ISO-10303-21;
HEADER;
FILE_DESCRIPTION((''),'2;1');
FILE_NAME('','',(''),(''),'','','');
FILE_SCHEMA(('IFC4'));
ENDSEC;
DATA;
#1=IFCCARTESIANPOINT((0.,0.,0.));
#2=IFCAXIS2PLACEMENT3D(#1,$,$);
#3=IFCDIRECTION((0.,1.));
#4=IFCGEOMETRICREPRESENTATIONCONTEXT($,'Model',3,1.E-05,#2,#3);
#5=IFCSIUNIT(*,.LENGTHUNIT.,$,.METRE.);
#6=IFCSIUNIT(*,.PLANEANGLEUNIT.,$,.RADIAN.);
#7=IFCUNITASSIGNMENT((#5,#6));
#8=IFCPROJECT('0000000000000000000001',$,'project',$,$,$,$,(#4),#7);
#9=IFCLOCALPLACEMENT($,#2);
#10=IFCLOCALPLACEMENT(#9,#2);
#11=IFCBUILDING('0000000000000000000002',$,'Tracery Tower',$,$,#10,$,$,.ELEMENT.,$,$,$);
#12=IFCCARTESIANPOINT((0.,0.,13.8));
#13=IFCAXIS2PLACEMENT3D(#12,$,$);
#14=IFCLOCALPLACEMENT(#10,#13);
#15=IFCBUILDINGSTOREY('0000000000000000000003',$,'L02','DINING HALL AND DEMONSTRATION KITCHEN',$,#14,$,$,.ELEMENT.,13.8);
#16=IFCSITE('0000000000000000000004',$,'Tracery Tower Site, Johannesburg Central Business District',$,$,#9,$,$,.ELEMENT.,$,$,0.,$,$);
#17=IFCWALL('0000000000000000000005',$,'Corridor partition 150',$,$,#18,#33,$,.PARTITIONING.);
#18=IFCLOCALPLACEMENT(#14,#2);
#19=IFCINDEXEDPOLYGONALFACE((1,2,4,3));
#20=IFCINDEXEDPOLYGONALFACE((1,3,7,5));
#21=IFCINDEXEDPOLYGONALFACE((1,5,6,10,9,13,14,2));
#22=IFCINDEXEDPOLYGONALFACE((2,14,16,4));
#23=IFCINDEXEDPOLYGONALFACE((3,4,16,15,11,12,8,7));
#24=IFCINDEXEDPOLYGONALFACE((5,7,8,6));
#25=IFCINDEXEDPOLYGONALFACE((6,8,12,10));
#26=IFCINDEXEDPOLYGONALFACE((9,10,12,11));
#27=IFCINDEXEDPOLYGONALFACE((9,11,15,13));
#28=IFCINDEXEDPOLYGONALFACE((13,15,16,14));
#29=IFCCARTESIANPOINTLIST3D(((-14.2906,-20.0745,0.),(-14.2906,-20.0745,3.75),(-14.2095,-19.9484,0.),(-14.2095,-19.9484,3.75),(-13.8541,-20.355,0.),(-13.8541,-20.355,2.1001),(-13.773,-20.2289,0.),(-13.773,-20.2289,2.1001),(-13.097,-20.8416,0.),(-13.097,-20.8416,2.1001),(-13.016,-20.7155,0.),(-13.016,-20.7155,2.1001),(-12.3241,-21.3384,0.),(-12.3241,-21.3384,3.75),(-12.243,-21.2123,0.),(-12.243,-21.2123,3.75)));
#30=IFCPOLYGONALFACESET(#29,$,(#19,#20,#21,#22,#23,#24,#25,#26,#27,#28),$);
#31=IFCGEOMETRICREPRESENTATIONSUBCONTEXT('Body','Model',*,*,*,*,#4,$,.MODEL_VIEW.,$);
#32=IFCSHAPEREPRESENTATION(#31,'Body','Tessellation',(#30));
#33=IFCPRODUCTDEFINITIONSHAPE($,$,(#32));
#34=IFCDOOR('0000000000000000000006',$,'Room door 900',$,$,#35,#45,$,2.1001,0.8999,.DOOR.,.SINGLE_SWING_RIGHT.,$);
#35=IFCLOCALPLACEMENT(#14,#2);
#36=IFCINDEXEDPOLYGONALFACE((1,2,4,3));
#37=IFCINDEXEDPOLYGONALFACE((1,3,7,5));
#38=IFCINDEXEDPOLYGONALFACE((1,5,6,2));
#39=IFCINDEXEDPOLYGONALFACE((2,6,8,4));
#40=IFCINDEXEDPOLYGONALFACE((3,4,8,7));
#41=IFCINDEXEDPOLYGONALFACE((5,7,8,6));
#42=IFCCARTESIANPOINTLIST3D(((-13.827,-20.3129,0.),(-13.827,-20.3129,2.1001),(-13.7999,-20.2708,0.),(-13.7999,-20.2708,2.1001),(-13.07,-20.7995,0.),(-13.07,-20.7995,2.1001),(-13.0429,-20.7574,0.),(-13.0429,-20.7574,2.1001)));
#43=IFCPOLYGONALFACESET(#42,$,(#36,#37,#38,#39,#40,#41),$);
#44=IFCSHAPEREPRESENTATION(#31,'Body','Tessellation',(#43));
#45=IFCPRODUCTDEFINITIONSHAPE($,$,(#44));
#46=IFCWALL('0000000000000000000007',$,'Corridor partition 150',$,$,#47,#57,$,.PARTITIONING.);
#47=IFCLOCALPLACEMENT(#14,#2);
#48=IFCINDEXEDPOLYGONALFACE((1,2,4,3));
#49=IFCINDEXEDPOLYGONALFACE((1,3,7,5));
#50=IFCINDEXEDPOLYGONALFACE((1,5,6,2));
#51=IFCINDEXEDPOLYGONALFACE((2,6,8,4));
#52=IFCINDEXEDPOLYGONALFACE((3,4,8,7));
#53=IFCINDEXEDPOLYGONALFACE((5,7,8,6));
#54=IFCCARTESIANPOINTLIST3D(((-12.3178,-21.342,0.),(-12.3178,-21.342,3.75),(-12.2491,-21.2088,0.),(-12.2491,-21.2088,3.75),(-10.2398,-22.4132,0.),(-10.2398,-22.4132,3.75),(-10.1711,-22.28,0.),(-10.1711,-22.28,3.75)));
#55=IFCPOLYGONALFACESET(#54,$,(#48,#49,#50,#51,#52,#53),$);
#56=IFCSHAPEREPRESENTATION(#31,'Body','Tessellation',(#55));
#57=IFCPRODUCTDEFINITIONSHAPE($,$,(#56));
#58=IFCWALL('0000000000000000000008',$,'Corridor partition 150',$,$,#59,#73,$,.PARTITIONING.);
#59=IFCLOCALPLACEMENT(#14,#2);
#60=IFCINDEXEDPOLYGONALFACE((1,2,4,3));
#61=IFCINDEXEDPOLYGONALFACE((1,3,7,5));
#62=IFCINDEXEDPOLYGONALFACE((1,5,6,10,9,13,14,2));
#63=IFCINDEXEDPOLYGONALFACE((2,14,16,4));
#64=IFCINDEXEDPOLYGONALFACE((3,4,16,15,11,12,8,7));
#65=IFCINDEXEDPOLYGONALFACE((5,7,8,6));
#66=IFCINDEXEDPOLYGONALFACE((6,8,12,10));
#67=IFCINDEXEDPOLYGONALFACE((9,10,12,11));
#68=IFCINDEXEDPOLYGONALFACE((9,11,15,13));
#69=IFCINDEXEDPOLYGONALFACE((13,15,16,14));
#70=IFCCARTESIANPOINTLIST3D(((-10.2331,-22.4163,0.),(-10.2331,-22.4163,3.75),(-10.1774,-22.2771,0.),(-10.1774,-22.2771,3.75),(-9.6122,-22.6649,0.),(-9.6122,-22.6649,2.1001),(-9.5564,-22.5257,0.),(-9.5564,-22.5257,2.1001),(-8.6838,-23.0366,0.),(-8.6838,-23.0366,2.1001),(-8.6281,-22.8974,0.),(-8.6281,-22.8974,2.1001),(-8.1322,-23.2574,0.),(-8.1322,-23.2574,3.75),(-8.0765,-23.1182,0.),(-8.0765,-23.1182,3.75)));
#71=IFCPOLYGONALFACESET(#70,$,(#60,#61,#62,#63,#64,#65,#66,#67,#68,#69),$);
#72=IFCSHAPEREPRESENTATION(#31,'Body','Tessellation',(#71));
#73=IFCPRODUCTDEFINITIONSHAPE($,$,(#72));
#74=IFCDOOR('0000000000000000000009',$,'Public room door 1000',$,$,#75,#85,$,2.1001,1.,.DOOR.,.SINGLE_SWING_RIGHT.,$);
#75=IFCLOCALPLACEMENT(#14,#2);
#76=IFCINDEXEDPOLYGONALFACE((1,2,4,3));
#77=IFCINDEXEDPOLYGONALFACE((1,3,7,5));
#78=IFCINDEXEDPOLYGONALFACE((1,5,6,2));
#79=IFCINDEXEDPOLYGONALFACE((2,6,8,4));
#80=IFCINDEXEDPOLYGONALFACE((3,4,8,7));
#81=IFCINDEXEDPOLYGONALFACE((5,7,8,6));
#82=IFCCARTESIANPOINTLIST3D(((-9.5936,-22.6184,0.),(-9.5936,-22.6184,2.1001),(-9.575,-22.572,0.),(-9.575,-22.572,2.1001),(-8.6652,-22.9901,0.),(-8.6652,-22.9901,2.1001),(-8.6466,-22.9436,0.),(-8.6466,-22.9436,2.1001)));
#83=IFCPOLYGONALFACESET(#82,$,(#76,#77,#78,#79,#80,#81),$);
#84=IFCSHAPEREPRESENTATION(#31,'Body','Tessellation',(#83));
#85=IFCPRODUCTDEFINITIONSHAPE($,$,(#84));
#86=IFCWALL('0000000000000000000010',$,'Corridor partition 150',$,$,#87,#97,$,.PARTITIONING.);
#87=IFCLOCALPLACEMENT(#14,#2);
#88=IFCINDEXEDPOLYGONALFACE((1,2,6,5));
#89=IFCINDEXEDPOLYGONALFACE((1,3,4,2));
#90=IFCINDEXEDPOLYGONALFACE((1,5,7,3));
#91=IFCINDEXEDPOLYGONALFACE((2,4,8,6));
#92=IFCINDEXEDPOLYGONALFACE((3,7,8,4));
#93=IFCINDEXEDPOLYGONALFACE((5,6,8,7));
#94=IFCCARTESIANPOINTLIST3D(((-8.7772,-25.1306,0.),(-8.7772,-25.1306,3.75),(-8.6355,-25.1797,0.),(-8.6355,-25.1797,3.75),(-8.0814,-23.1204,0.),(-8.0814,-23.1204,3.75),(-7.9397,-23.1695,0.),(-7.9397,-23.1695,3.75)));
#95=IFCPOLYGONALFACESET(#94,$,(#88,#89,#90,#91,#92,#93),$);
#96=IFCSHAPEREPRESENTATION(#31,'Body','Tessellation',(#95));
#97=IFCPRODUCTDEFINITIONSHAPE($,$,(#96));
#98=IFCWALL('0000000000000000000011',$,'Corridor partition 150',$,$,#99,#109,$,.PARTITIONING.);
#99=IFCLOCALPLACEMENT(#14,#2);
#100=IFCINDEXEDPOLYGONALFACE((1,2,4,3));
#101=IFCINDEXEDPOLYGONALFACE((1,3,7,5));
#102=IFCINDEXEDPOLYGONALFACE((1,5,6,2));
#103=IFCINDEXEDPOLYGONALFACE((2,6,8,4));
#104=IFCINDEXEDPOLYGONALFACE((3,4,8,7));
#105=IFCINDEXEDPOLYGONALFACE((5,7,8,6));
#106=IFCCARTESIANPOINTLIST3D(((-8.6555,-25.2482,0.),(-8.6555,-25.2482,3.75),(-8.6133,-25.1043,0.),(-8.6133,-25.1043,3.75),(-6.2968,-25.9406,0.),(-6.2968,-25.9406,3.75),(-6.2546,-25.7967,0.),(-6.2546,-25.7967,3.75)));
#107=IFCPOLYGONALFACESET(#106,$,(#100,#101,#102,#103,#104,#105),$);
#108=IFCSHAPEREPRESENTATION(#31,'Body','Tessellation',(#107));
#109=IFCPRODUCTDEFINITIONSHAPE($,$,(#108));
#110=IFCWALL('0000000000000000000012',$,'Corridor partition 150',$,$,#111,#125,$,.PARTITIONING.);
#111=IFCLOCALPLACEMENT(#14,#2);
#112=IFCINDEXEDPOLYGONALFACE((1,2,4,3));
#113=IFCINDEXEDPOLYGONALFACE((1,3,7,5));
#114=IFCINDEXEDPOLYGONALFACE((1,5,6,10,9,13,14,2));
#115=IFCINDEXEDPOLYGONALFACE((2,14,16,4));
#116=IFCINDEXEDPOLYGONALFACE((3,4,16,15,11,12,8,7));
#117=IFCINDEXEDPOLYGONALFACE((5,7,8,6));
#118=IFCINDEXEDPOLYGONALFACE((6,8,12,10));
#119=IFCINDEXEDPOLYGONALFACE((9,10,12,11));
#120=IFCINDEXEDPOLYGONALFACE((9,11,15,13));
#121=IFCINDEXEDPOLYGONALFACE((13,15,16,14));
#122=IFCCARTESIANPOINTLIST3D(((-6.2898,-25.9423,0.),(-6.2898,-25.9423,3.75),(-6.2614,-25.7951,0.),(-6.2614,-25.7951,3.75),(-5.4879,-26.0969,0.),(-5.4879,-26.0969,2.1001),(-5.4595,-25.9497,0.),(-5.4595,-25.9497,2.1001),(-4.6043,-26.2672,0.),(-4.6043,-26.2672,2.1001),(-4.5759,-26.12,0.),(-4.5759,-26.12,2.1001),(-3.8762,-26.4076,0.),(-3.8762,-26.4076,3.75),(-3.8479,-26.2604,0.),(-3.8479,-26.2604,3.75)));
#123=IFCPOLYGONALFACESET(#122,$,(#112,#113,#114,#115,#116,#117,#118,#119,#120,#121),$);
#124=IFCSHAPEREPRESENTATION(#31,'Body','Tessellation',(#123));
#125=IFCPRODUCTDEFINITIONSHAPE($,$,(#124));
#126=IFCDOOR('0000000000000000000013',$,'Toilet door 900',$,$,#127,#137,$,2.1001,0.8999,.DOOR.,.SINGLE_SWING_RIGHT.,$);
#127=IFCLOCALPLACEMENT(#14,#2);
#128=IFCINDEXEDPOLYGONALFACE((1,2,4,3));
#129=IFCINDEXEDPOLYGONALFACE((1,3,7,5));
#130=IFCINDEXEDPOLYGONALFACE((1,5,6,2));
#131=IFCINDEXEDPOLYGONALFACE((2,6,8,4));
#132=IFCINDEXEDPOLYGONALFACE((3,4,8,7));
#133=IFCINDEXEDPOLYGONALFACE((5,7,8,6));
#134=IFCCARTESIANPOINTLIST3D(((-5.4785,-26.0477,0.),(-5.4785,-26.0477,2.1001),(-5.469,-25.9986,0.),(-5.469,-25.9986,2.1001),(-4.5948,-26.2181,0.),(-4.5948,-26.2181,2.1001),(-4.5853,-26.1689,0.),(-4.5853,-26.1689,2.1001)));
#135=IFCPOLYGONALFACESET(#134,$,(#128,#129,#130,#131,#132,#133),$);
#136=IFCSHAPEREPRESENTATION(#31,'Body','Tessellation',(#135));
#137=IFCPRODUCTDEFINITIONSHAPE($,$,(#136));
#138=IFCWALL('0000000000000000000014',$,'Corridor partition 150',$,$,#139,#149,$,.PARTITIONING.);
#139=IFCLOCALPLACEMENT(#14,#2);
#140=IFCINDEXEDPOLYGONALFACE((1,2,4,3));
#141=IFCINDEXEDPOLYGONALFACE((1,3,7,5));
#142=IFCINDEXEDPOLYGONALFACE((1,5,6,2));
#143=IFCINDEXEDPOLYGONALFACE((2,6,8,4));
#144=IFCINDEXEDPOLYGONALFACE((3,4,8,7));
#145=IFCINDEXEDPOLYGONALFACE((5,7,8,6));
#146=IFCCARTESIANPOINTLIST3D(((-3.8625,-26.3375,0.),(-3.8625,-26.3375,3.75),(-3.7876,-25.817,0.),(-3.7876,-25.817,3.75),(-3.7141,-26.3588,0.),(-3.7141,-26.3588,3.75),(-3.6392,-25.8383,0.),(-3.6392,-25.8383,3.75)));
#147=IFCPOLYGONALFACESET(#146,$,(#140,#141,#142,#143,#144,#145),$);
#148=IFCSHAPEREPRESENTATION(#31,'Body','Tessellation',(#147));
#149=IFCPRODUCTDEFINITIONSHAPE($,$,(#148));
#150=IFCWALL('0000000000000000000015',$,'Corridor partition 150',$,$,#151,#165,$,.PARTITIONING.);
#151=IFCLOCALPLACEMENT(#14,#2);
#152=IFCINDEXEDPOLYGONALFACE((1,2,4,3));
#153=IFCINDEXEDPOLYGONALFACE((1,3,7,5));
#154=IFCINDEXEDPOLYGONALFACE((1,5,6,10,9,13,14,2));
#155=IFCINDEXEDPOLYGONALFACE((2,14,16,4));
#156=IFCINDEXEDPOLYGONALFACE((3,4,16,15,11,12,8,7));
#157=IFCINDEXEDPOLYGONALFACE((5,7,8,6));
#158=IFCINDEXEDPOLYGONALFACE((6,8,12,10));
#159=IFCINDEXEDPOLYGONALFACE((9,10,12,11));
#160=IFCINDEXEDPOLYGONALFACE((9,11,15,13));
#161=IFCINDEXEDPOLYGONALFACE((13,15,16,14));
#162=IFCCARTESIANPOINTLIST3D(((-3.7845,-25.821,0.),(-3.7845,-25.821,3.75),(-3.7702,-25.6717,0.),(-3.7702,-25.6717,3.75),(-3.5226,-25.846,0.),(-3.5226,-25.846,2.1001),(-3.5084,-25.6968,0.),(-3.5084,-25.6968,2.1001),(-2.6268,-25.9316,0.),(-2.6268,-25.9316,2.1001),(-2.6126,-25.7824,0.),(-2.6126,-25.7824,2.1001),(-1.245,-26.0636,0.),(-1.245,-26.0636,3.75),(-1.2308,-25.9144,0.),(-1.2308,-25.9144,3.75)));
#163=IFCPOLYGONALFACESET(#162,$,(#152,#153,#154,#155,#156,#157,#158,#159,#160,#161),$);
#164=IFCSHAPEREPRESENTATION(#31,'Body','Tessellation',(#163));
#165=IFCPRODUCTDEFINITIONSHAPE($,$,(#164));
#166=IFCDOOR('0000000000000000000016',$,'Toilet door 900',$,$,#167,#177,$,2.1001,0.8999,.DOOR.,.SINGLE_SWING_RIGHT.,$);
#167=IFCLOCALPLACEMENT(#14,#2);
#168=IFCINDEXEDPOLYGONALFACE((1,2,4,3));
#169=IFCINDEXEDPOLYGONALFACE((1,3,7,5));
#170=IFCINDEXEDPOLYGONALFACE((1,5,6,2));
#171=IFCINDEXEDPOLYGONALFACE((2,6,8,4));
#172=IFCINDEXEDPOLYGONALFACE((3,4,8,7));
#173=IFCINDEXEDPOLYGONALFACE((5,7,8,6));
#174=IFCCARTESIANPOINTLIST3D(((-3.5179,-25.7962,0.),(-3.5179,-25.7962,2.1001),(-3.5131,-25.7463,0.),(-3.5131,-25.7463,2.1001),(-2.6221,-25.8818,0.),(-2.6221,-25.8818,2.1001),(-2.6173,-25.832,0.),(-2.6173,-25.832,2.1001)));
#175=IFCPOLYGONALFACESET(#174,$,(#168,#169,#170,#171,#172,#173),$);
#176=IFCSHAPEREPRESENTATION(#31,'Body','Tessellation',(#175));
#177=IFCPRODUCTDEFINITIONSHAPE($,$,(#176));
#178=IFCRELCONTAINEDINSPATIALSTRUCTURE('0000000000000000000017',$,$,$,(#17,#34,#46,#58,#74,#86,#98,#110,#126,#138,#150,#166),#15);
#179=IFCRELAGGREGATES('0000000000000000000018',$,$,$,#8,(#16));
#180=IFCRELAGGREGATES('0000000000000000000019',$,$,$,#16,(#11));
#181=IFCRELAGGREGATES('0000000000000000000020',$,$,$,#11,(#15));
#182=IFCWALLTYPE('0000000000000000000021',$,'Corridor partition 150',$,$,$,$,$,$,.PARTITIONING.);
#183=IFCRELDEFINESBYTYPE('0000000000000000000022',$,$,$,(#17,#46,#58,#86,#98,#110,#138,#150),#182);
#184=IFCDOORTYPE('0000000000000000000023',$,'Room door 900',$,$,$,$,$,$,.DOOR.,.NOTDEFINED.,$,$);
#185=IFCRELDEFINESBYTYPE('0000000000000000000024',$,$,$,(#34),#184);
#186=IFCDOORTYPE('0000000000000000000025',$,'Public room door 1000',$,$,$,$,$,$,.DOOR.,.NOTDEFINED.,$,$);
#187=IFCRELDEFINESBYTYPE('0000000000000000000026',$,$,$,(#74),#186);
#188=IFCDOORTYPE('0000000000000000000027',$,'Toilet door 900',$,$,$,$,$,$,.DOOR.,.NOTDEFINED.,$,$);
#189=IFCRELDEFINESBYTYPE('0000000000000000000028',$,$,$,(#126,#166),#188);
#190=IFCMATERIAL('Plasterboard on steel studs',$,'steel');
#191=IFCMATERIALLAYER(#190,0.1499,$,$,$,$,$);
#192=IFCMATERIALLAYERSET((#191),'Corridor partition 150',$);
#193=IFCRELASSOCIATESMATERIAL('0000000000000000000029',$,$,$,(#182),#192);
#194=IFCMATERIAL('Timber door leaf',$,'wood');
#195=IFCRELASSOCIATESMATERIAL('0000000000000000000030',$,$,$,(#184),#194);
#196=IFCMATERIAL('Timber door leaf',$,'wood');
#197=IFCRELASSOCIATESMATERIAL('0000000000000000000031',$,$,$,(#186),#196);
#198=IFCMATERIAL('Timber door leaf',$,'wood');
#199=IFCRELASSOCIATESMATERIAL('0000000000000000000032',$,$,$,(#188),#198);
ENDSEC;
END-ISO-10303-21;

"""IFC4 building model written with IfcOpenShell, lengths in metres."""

from ifc_helpers import new_model, si_unit, direction, frame, frame_2d, origin, place, context, subcontext, project, spatial, rectangle, extrude, material, layer, layer_set, type_object, element, fill, save


model = new_model("IFC4")

# Units and contexts
model_context = context("Model", 3, precision=1e-05, world=origin(), true_north=direction((0.0, 1.0)))
body_context = subcontext(model_context, "Body", "Model", "MODEL_VIEW")
ifc_project = project(units=[si_unit("LENGTHUNIT", "METRE"), si_unit("PLANEANGLEUNIT", "RADIAN")], contexts=[model_context])

# Site, building, storey
site_placement = place(None, origin())
site = spatial("IfcSite", under=ifc_project, at=site_placement, Name="Tracery Tower Site, Johannesburg Central Business District", CompositionType="ELEMENT", RefElevation=0.0)
building_placement = place(site_placement, origin())
building = spatial("IfcBuilding", under=site, at=building_placement, Name="Tracery Tower", CompositionType="ELEMENT")
storey_placement = place(building_placement, frame((0.0, 0.0, 13.8)))
storey = spatial("IfcBuildingStorey", under=building, at=storey_placement, Name="L02", Description="DINING HALL AND DEMONSTRATION KITCHEN", CompositionType="ELEMENT", Elevation=13.8)

# Wall, opening, door
ifc_material_1 = material(Name="Plasterboard on steel studs", Category="steel")
ifc_layer_1 = layer(ifc_material_1, 0.1499)
ifc_layer_set_1 = layer_set([ifc_layer_1], Name="Corridor partition 150")
wall_type_1 = type_object("IfcWallType", Name="Corridor partition 150", PredefinedType="PARTITIONING", material=ifc_layer_set_1)
wall_1_placement = place(storey_placement, frame((-12.2834, -21.2754, 0.0), z_axis=(0.0, 0.0, 1.0), x_axis=(-0.841236, 0.540668, 0.0)))
wall_1 = element("IfcWall", 1, at=wall_1_placement, inside=storey, type_object=wall_type_1, Name="Corridor partition 150", PredefinedType="PARTITIONING", context=body_context, shape_type="SweptSolid", body=[
    extrude(rectangle(XDim=2.3376, YDim=0.1499, at=frame_2d((1.1689, 0.0))), origin(), (0.0, 0.0, 1.0), 3.75),
])
opening_1_placement = place(wall_1_placement, frame((0.9189, 0.0, 0.0)))
opening_1 = element("IfcOpeningElement", 2, at=opening_1_placement, cuts=wall_1, PredefinedType="OPENING", context=body_context, shape_type="SweptSolid", body=[
    extrude(rectangle(XDim=0.8999, YDim=2.1001, at=frame_2d((0.45, 1.05))), frame((0.0, 0.075, 0.0), z_axis=(0.0, -1.0, 0.0), x_axis=(1.0, 0.0, 0.0)), (0.0, 0.0, 1.0), 0.1499),
])
ifc_material_2 = material(Name="Timber door leaf", Category="wood")
door_type_1 = type_object("IfcDoorType", Name="Room door 900", OperationType="NOTDEFINED", PredefinedType="DOOR", material=ifc_material_2)
door_1_placement = place(opening_1_placement, origin())
door_1 = element("IfcDoor", 3, at=door_1_placement, inside=storey, type_object=door_type_1, Name="Room door 900", OperationType="SINGLE_SWING_RIGHT", OverallHeight=2.1001, OverallWidth=0.8999, PredefinedType="DOOR", context=body_context, shape_type="SweptSolid", body=[
    extrude(rectangle(XDim=0.8999, YDim=2.1001, at=frame_2d((0.45, 1.05))), frame((0.0, 0.0249, 0.0), z_axis=(0.0, -1.0, 0.0), x_axis=(1.0, 0.0, 0.0)), (0.0, 0.0, 1.0), 0.05),
])
fill(opening_1, door_1)

# Wall
wall_2_placement = place(storey_placement, frame((-12.2834, -21.2754, 0.0), z_axis=(0.0, 0.0, 1.0), x_axis=(0.888846, -0.458207, 0.0)))
element("IfcWall", 4, at=wall_2_placement, inside=storey, type_object=wall_type_1, Name="Corridor partition 150", PredefinedType="PARTITIONING", context=body_context, shape_type="SweptSolid", body=[
    extrude(rectangle(XDim=2.3379, YDim=0.1499, at=frame_2d((1.1689, 0.0))), origin(), (0.0, 0.0, 1.0), 3.75),
])

# Wall, opening, door
wall_3_placement = place(storey_placement, frame((-8.1045, -23.1877, 0.0), z_axis=(0.0, 0.0, 1.0), x_axis=(-0.928365, 0.37167, 0.0)))
wall_3 = element("IfcWall", 5, at=wall_3_placement, inside=storey, type_object=wall_type_1, Name="Corridor partition 150", PredefinedType="PARTITIONING", context=body_context, shape_type="SweptSolid", body=[
    extrude(rectangle(XDim=2.2629, YDim=0.1499, at=frame_2d((1.1313, 0.0))), origin(), (0.0, 0.0, 1.0), 3.75),
])
opening_2_placement = place(wall_3_placement, frame((0.594, 0.0, 0.0)))
opening_2 = element("IfcOpeningElement", 6, at=opening_2_placement, cuts=wall_3, PredefinedType="OPENING", context=body_context, shape_type="SweptSolid", body=[
    extrude(rectangle(XDim=1.0, YDim=2.1001, at=frame_2d((0.5, 1.05))), frame((0.0, 0.075, 0.0), z_axis=(0.0, -1.0, 0.0), x_axis=(1.0, 0.0, 0.0)), (0.0, 0.0, 1.0), 0.1499),
])
ifc_material_3 = material(Name="Timber door leaf", Category="wood")
door_type_2 = type_object("IfcDoorType", Name="Public room door 1000", OperationType="NOTDEFINED", PredefinedType="DOOR", material=ifc_material_3)
door_2_placement = place(opening_2_placement, origin())
door_2 = element("IfcDoor", 7, at=door_2_placement, inside=storey, type_object=door_type_2, Name="Public room door 1000", OperationType="SINGLE_SWING_RIGHT", OverallHeight=2.1001, OverallWidth=1.0, PredefinedType="DOOR", context=body_context, shape_type="SweptSolid", body=[
    extrude(rectangle(XDim=1.0, YDim=2.1001, at=frame_2d((0.5, 1.05))), frame((0.0, 0.0249, 0.0), z_axis=(0.0, -1.0, 0.0), x_axis=(1.0, 0.0, 0.0)), (0.0, 0.0, 1.0), 0.05),
])
fill(opening_2, door_2)

# Walls
wall_4_placement = place(storey_placement, frame((-8.7063, -25.155, 0.0), z_axis=(0.0, 0.0, 1.0), x_axis=(0.327087, 0.944994, 0.0)))
element("IfcWall", 8, at=wall_4_placement, inside=storey, type_object=wall_type_1, Name="Corridor partition 150", PredefinedType="PARTITIONING", context=body_context, shape_type="SweptSolid", body=[
    extrude(rectangle(XDim=2.1272, YDim=0.1499, at=frame_2d((1.0635, 0.0))), origin(), (0.0, 0.0, 1.0), 3.75),
])
wall_5_placement = place(storey_placement, frame((-8.6343, -25.1763, 0.0), z_axis=(0.0, 0.0, 1.0), x_axis=(0.959512, -0.281666, 0.0)))
element("IfcWall", 9, at=wall_5_placement, inside=storey, type_object=wall_type_1, Name="Corridor partition 150", PredefinedType="PARTITIONING", context=body_context, shape_type="SweptSolid", body=[
    extrude(rectangle(XDim=2.4583, YDim=0.1499, at=frame_2d((1.229, 0.0))), origin(), (0.0, 0.0, 1.0), 3.75),
])

# Wall, opening, door
wall_6_placement = place(storey_placement, frame((-3.8621, -26.334, 0.0), z_axis=(0.0, 0.0, 1.0), x_axis=(-0.981917, 0.189312, 0.0)))
wall_6 = element("IfcWall", 10, at=wall_6_placement, inside=storey, type_object=wall_type_1, Name="Corridor partition 150", PredefinedType="PARTITIONING", context=body_context, shape_type="SweptSolid", body=[
    extrude(rectangle(XDim=2.458, YDim=0.1499, at=frame_2d((1.229, 0.0))), origin(), (0.0, 0.0, 1.0), 3.75),
])
opening_3_placement = place(wall_6_placement, frame((0.7415, 0.0, 0.0)))
opening_3 = element("IfcOpeningElement", 11, at=opening_3_placement, cuts=wall_6, PredefinedType="OPENING", context=body_context, shape_type="SweptSolid", body=[
    extrude(rectangle(XDim=0.8999, YDim=2.1001, at=frame_2d((0.45, 1.05))), frame((0.0, 0.075, 0.0), z_axis=(0.0, -1.0, 0.0), x_axis=(1.0, 0.0, 0.0)), (0.0, 0.0, 1.0), 0.1499),
])
ifc_material_4 = material(Name="Timber door leaf", Category="wood")
door_type_3 = type_object("IfcDoorType", Name="Toilet door 900", OperationType="NOTDEFINED", PredefinedType="DOOR", material=ifc_material_4)
door_3_placement = place(opening_3_placement, origin())
door_3 = element("IfcDoor", 12, at=door_3_placement, inside=storey, type_object=door_type_3, Name="Toilet door 900", OperationType="SINGLE_SWING_RIGHT", OverallHeight=2.1001, OverallWidth=0.8999, PredefinedType="DOOR", context=body_context, shape_type="SweptSolid", body=[
    extrude(rectangle(XDim=0.8999, YDim=2.1001, at=frame_2d((0.45, 1.05))), frame((0.0, 0.0249, 0.0), z_axis=(0.0, -1.0, 0.0), x_axis=(1.0, 0.0, 0.0)), (0.0, 0.0, 1.0), 0.05),
])
fill(opening_3, door_3)

# Wall
wall_7_placement = place(storey_placement, frame((-3.7883, -26.3481, 0.0), z_axis=(0.0, 0.0, 1.0), x_axis=(0.142526, 0.989791, 0.0)))
element("IfcWall", 13, at=wall_7_placement, inside=storey, type_object=wall_type_1, Name="Corridor partition 150", PredefinedType="PARTITIONING", context=body_context, shape_type="SweptSolid", body=[
    extrude(rectangle(XDim=0.5259, YDim=0.1499, at=frame_2d((0.2629, 0.0))), origin(), (0.0, 0.0, 1.0), 3.75),
])

# Wall, opening, door
wall_8_placement = place(storey_placement, frame((-1.238, -25.989, 0.0), z_axis=(0.0, 0.0, 1.0), x_axis=(-0.995465, 0.095125, 0.0)))
wall_8 = element("IfcWall", 14, at=wall_8_placement, inside=storey, type_object=wall_type_1, Name="Corridor partition 150", PredefinedType="PARTITIONING", context=body_context, shape_type="SweptSolid", body=[
    extrude(rectangle(XDim=2.551, YDim=0.1499, at=frame_2d((1.2754, 0.0))), origin(), (0.0, 0.0, 1.0), 3.75),
])
opening_4_placement = place(wall_8_placement, frame((1.3879, 0.0, 0.0)))
opening_4 = element("IfcOpeningElement", 15, at=opening_4_placement, cuts=wall_8, PredefinedType="OPENING", context=body_context, shape_type="SweptSolid", body=[
    extrude(rectangle(XDim=0.8999, YDim=2.1001, at=frame_2d((0.45, 1.05))), frame((0.0, 0.075, 0.0), z_axis=(0.0, -1.0, 0.0), x_axis=(1.0, 0.0, 0.0)), (0.0, 0.0, 1.0), 0.1499),
])
door_4_placement = place(opening_4_placement, origin())
door_4 = element("IfcDoor", 16, at=door_4_placement, inside=storey, type_object=door_type_3, Name="Toilet door 900", OperationType="SINGLE_SWING_RIGHT", OverallHeight=2.1001, OverallWidth=0.8999, PredefinedType="DOOR", context=body_context, shape_type="SweptSolid", body=[
    extrude(rectangle(XDim=0.8999, YDim=2.1001, at=frame_2d((0.45, 1.05))), frame((0.0, 0.0249, 0.0), z_axis=(0.0, -1.0, 0.0), x_axis=(1.0, 0.0, 0.0)), (0.0, 0.0, 1.0), 0.05),
])
fill(opening_4, door_4)

save(model, "model.ifc")
